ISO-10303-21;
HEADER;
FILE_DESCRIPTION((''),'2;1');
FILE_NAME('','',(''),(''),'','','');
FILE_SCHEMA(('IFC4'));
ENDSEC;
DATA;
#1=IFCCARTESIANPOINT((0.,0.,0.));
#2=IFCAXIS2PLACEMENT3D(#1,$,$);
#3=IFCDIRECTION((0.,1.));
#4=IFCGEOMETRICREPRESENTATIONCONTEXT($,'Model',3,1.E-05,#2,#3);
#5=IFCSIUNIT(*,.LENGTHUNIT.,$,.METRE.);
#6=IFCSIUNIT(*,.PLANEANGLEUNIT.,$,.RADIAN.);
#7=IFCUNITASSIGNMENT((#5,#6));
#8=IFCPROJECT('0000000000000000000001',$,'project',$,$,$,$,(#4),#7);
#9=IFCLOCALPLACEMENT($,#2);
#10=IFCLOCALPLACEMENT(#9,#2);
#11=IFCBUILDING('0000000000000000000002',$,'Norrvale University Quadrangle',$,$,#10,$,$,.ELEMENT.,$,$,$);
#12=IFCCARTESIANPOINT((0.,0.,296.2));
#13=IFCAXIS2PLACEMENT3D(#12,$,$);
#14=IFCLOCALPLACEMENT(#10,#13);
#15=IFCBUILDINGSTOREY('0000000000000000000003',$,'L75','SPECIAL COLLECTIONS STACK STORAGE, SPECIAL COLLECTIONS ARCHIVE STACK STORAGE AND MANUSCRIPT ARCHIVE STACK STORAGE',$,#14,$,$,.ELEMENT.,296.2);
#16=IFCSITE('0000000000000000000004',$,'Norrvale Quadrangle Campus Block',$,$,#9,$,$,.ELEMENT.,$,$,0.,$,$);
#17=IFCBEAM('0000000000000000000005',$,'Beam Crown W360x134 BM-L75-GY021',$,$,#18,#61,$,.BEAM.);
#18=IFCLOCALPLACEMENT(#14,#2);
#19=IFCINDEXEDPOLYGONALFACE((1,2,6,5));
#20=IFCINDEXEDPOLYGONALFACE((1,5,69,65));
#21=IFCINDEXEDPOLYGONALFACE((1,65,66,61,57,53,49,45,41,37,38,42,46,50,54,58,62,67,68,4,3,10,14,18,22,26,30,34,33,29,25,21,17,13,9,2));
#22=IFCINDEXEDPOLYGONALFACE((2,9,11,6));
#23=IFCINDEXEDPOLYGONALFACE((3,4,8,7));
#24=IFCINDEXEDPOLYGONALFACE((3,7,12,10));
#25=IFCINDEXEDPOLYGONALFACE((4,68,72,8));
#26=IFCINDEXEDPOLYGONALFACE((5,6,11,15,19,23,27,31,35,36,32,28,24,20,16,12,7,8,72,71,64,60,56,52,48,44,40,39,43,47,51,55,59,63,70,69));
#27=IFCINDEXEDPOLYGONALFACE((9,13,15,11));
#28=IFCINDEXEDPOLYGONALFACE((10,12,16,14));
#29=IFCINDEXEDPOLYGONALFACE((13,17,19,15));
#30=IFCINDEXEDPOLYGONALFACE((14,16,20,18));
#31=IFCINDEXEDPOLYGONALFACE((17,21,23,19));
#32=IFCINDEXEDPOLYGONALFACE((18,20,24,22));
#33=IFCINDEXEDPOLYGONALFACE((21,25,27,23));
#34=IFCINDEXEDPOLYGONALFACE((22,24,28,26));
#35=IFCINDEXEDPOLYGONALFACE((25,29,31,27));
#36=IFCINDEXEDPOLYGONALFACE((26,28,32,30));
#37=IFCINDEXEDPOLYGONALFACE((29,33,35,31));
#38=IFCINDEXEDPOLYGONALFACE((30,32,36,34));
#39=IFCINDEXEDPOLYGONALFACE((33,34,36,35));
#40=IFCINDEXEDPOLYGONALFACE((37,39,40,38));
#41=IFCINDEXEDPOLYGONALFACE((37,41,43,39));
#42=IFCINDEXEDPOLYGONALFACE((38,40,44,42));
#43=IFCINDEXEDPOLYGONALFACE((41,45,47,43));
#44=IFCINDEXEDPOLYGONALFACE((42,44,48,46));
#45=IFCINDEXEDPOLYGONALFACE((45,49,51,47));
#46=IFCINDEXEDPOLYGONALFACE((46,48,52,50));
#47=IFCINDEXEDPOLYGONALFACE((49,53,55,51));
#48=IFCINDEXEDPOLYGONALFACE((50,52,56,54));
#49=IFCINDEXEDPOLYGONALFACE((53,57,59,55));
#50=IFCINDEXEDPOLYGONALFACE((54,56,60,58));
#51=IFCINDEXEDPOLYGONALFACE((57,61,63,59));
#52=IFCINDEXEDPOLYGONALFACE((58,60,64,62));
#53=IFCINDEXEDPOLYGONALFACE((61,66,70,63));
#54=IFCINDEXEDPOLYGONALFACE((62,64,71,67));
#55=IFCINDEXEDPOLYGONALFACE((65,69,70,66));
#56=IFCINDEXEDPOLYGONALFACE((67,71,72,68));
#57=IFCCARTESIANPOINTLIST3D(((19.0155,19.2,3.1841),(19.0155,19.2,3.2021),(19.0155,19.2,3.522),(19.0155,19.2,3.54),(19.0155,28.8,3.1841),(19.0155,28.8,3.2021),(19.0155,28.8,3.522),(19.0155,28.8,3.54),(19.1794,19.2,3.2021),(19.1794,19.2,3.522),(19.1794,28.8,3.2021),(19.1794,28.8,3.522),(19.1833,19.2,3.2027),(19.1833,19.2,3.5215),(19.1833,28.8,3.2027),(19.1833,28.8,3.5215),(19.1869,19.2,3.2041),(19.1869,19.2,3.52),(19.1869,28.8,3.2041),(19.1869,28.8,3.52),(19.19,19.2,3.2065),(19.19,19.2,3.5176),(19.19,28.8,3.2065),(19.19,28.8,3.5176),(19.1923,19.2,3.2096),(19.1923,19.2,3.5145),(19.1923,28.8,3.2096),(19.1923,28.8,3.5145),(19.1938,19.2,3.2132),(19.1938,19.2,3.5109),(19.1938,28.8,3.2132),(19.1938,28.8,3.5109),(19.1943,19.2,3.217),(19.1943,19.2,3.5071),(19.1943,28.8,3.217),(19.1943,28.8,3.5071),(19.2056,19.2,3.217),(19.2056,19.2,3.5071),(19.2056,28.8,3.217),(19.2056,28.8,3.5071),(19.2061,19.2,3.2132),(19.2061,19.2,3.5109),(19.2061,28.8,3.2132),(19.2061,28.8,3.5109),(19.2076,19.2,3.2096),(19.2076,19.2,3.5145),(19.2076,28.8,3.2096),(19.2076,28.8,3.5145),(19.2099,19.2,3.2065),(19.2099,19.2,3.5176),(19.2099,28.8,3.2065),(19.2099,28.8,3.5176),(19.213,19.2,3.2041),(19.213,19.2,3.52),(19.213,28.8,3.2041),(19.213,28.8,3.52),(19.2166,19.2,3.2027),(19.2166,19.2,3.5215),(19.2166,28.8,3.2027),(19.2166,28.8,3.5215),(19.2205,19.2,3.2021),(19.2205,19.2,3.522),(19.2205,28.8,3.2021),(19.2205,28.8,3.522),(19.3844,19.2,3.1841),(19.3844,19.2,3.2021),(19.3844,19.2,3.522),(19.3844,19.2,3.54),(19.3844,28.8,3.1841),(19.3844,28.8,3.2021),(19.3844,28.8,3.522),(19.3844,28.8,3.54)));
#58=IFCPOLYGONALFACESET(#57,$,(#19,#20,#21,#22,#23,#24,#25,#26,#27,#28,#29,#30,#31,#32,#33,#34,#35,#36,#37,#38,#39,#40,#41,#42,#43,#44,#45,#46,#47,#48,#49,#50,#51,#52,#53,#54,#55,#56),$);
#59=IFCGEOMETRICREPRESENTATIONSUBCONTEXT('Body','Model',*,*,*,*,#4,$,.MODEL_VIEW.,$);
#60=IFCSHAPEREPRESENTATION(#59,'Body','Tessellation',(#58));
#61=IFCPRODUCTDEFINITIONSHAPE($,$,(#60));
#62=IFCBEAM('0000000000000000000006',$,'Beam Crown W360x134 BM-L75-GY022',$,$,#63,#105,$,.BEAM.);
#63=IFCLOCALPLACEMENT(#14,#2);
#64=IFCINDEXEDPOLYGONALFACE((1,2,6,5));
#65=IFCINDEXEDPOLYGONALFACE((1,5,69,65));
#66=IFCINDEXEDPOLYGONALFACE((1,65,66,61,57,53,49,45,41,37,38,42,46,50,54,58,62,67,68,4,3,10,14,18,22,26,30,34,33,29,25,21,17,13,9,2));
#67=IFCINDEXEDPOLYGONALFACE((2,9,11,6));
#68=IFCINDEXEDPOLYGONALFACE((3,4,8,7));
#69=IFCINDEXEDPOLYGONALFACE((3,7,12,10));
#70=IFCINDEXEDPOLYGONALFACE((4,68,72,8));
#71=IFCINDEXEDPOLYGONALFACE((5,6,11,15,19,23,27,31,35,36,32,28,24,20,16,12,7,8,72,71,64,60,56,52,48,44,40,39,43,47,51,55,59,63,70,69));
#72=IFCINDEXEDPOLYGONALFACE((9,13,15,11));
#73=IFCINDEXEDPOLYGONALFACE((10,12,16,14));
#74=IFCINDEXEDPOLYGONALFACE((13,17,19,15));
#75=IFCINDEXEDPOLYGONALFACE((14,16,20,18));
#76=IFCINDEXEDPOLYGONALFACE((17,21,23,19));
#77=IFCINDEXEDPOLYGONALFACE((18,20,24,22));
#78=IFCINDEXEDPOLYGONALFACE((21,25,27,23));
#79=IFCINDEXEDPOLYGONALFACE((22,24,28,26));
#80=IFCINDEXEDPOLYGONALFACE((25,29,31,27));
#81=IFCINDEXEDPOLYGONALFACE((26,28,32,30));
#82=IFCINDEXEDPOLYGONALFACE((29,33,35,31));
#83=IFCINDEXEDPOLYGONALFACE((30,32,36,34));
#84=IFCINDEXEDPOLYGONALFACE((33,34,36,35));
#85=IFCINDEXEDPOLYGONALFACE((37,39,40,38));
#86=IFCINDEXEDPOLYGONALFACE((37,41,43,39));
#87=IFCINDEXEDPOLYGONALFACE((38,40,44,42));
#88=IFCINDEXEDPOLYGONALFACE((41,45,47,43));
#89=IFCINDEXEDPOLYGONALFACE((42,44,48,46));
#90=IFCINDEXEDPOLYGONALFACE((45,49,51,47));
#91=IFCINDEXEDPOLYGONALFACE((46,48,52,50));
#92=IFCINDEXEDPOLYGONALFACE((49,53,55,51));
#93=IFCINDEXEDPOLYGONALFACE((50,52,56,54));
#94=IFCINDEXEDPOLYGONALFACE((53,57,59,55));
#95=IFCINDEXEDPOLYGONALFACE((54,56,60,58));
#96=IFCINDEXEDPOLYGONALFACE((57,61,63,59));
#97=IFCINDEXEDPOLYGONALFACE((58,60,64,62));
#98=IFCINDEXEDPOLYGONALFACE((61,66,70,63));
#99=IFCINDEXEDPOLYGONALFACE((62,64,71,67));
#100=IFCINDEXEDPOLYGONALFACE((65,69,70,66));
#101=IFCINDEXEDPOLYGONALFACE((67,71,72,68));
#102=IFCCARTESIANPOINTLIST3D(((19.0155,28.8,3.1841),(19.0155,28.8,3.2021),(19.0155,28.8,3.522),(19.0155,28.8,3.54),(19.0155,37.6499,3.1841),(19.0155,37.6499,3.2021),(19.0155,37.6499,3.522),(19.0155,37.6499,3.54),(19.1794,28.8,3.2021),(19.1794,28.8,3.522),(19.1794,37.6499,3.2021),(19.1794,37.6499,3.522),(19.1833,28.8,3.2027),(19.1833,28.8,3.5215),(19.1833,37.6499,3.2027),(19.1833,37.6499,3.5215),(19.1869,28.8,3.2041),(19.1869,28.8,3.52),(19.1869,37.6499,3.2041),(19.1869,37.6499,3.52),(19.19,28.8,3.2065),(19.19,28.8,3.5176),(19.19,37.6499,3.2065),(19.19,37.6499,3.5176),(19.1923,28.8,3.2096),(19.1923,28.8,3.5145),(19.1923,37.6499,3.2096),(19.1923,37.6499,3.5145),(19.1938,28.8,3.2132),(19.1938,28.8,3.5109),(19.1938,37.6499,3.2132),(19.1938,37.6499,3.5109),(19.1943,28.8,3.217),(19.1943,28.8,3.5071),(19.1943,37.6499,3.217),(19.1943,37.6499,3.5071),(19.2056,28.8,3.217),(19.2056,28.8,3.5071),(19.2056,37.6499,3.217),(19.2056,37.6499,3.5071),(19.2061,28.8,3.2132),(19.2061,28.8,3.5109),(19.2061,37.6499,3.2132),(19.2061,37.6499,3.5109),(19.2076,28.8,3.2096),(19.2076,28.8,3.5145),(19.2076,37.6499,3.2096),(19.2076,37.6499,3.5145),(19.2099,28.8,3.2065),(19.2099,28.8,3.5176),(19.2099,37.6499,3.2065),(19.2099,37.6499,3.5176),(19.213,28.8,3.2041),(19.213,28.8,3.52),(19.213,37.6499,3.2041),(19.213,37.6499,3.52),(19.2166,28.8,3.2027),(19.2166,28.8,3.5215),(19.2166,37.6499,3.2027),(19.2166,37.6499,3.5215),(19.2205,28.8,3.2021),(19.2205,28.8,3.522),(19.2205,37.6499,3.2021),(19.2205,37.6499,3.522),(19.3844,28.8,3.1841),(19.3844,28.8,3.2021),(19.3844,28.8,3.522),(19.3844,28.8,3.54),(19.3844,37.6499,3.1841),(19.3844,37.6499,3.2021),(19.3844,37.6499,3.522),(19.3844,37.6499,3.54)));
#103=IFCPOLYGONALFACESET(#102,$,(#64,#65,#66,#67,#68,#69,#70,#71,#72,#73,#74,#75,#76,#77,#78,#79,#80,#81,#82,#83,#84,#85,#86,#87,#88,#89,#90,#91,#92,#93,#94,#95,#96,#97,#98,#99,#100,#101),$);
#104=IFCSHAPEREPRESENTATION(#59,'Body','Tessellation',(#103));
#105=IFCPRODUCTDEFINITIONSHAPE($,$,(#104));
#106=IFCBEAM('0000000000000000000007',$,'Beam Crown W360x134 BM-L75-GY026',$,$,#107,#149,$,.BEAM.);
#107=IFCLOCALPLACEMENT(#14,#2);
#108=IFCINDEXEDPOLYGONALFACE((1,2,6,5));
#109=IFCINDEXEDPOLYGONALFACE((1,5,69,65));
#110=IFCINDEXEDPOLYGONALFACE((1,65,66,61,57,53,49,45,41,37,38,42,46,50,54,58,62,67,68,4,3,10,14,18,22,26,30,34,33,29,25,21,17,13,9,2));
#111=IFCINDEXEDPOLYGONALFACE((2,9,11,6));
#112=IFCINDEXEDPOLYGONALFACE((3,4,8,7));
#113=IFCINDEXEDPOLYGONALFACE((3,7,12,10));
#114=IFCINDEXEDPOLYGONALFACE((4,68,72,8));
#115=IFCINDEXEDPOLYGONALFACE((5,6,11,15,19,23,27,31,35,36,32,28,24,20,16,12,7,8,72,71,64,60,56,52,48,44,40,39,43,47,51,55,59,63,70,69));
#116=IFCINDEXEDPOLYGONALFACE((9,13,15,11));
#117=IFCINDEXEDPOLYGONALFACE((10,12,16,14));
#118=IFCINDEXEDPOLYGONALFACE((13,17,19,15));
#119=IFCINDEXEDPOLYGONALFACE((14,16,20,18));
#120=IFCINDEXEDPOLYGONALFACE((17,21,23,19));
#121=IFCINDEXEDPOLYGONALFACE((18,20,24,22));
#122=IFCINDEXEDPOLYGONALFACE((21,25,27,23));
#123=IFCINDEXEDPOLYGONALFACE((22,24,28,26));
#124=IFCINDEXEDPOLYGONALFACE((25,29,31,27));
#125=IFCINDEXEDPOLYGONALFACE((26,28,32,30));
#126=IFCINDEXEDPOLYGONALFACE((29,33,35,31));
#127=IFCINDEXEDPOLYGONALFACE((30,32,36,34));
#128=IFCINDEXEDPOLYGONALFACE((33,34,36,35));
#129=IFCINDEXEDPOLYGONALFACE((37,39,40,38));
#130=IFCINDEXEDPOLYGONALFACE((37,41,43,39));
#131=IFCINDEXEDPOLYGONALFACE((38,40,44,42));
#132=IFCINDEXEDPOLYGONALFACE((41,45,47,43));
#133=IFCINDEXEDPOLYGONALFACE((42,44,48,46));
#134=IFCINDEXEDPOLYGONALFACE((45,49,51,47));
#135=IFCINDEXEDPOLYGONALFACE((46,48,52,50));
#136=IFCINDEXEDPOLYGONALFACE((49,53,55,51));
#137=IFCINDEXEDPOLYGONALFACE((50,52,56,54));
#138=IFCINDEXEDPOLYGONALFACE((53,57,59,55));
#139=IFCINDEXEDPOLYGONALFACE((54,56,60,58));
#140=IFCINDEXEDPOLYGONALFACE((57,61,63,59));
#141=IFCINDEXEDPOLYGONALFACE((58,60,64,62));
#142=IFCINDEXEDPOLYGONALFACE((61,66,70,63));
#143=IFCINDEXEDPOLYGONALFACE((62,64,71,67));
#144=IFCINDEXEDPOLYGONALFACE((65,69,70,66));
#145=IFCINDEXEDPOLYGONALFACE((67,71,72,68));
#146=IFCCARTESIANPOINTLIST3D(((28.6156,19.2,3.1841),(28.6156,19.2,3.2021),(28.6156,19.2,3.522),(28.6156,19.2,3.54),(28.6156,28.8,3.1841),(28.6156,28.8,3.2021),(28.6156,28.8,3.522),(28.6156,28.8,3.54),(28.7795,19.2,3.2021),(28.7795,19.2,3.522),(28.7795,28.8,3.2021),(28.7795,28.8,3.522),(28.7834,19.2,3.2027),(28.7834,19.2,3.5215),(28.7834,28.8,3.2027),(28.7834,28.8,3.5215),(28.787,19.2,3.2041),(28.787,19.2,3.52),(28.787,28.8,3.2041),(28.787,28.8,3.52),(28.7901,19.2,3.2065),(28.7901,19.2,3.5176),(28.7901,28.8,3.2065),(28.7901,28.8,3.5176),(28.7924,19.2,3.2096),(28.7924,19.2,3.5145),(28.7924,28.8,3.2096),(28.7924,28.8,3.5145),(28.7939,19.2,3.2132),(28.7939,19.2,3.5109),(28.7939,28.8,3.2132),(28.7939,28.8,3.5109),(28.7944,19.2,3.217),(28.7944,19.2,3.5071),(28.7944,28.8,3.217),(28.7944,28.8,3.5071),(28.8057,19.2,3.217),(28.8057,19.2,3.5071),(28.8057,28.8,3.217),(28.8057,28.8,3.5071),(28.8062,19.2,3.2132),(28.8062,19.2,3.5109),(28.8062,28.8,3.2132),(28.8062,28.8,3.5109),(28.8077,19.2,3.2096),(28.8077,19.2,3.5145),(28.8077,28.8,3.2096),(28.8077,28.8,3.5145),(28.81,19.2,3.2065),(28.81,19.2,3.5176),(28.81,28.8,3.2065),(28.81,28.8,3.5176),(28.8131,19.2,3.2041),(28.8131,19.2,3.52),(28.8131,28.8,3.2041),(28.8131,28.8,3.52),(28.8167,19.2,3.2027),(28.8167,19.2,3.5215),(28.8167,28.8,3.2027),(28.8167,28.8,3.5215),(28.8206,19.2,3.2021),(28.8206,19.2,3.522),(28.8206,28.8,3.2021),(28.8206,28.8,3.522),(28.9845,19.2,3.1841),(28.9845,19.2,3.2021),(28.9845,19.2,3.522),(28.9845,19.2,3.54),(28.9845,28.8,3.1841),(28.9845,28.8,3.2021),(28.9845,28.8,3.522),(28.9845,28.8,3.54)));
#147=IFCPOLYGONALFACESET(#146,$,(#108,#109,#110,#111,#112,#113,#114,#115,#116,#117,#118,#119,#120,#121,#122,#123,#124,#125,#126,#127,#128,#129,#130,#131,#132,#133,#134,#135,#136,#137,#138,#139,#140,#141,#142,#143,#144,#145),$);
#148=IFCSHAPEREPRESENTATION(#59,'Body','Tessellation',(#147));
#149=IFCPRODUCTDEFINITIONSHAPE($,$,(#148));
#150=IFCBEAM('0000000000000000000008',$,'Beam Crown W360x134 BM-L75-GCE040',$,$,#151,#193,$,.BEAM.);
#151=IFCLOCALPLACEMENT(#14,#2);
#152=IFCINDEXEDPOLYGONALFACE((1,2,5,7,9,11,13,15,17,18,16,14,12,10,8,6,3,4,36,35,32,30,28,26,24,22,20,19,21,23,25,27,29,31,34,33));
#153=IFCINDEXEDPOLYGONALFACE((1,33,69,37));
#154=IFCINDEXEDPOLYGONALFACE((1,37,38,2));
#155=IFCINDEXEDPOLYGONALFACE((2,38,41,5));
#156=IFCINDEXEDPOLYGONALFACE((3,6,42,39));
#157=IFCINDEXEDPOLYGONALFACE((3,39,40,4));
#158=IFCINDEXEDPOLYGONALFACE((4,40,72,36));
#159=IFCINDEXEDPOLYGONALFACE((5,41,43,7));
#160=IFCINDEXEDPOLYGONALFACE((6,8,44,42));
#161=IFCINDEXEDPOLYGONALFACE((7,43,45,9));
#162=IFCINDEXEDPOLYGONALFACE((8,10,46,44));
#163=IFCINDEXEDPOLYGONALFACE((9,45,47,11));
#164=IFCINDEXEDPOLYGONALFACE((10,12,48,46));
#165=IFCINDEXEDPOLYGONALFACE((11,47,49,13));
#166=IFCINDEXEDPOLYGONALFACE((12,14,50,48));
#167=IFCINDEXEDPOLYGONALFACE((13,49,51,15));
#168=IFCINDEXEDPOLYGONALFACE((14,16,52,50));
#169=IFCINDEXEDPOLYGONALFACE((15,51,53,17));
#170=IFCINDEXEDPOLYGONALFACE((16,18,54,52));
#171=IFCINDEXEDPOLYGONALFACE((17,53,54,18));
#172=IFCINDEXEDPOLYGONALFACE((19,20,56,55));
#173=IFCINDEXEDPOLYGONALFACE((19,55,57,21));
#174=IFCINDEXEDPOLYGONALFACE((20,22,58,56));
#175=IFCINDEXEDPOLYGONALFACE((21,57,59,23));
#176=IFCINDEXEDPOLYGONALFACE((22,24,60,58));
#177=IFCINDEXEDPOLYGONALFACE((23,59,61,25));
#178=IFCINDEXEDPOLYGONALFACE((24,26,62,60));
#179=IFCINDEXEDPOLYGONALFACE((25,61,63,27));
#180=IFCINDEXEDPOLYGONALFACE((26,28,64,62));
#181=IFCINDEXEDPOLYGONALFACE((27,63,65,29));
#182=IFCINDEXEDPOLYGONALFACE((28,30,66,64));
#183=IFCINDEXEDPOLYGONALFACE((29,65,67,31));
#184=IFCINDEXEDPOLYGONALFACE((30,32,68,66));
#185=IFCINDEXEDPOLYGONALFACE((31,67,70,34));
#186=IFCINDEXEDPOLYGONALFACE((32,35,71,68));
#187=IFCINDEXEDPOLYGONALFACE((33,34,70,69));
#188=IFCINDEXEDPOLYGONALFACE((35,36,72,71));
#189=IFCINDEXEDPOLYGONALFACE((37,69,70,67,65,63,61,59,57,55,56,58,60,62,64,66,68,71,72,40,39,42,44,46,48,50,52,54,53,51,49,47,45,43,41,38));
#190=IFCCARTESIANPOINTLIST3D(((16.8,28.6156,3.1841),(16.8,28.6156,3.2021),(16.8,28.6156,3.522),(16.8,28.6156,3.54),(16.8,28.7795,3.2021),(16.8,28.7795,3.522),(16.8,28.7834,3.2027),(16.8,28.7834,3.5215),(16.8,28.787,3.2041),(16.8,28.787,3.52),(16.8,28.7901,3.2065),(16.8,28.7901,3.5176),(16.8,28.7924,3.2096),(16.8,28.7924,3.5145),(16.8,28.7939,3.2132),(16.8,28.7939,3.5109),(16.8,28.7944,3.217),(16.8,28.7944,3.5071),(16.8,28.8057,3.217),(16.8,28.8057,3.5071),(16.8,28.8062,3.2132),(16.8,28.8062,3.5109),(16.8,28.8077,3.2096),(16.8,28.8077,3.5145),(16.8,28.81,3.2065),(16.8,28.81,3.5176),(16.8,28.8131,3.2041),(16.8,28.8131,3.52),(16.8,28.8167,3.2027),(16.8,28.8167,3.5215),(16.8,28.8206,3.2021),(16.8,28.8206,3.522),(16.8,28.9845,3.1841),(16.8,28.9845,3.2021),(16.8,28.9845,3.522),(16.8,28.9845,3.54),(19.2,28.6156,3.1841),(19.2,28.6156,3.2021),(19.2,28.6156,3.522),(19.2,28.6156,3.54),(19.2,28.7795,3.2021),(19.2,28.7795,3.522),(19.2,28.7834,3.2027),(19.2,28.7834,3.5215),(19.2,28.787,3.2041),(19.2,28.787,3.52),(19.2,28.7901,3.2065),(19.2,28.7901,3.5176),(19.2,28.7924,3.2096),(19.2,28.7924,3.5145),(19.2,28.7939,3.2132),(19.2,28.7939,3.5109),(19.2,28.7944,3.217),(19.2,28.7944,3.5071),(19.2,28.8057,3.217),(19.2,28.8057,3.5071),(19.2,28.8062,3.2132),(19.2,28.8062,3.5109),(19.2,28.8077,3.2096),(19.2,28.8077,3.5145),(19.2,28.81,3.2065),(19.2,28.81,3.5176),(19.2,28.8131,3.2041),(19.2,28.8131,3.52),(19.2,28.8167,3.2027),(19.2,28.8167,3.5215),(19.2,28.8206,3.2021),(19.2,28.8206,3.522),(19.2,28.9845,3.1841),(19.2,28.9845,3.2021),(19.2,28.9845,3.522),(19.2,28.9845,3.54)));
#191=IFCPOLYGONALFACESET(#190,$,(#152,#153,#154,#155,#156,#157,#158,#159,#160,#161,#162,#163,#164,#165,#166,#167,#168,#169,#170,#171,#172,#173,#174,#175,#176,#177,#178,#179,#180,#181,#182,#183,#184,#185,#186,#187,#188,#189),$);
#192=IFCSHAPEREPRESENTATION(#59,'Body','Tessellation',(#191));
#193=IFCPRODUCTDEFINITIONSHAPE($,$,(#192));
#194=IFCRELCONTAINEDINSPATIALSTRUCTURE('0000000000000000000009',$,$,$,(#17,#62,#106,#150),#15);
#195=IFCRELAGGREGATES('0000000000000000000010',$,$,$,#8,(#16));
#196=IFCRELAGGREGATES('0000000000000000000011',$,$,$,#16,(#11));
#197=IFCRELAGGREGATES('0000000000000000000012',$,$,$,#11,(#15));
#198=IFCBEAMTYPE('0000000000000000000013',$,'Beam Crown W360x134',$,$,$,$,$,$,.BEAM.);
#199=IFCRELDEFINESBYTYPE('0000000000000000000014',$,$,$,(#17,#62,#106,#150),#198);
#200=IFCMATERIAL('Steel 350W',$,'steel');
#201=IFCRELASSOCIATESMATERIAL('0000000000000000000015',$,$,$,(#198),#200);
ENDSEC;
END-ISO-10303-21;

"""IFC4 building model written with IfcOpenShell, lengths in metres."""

from ifc_helpers import new_model, si_unit, direction, frame, origin, origin_2d, place, context, subcontext, project, spatial, i_section, extrude, material, material_profile, profile_set, type_object, element, save


model = new_model("IFC4")

# Units and contexts
model_context = context("Model", 3, precision=1e-05, world=origin(), true_north=direction((0.0, 1.0)))
body_context = subcontext(model_context, "Body", "Model", "MODEL_VIEW")
ifc_project = project(units=[si_unit("LENGTHUNIT", "METRE"), si_unit("PLANEANGLEUNIT", "RADIAN")], contexts=[model_context])

# Site, building, storey
site_placement = place(None, origin())
site = spatial("IfcSite", under=ifc_project, at=site_placement, Name="Norrvale Quadrangle Campus Block", CompositionType="ELEMENT", RefElevation=0.0)
building_placement = place(site_placement, origin())
building = spatial("IfcBuilding", under=site, at=building_placement, Name="Norrvale University Quadrangle", CompositionType="ELEMENT")
storey_placement = place(building_placement, frame((0.0, 0.0, 296.2)))
storey = spatial("IfcBuildingStorey", under=building, at=storey_placement, Name="L75", Description="SPECIAL COLLECTIONS STACK STORAGE, SPECIAL COLLECTIONS ARCHIVE STACK STORAGE AND MANUSCRIPT ARCHIVE STACK STORAGE", CompositionType="ELEMENT", Elevation=296.2)

# Beams
ifc_material_1 = material(Name="Steel 350W", Category="steel")
ifc_material_profile_1 = material_profile(ifc_material_1, i_section(OverallWidth=0.3689, OverallDepth=0.356, WebThickness=0.0112, FlangeThickness=0.0181, FilletRadius=0.0149, at=origin_2d()), Name="Steel 350W")
ifc_profile_set_1 = profile_set([ifc_material_profile_1], Name="Steel 350W")
beam_type_1 = type_object("IfcBeamType", Name="Beam Crown W360x134", PredefinedType="BEAM", material=ifc_profile_set_1)
for number, where, z_axis, x_axis, name in (
    (1, (19.2, 19.2, 3.3621), (0.0, 1.0, 0.0), (-1.0, 0.0, 0.0), "Beam Crown W360x134 BM-L75-GY021"),
):
    element("IfcBeam", number, at=place(storey_placement, frame(where, z_axis=z_axis, x_axis=x_axis)), inside=storey, type_object=beam_type_1, Name=name, PredefinedType="BEAM", context=body_context, shape_type="SweptSolid", body=[
        extrude(i_section(OverallWidth=0.3689, OverallDepth=0.356, WebThickness=0.0112, FlangeThickness=0.0181, FilletRadius=0.0149, at=origin_2d()), origin(), (0.0, 0.0, 1.0), 9.6001),
    ])
beam_1_placement = place(storey_placement, frame((19.2, 28.8, 3.3621), z_axis=(0.0, 1.0, 0.0), x_axis=(-1.0, 0.0, 0.0)))
element("IfcBeam", 2, at=beam_1_placement, inside=storey, type_object=beam_type_1, Name="Beam Crown W360x134 BM-L75-GY022", PredefinedType="BEAM", context=body_context, shape_type="SweptSolid", body=[
    extrude(i_section(OverallWidth=0.3689, OverallDepth=0.356, WebThickness=0.0112, FlangeThickness=0.0181, FilletRadius=0.0149, at=origin_2d()), origin(), (0.0, 0.0, 1.0), 8.8499),
])
beam_2_placement = place(storey_placement, frame((28.8, 19.2, 3.3621), z_axis=(0.0, 1.0, 0.0), x_axis=(-1.0, 0.0, 0.0)))
element("IfcBeam", 3, at=beam_2_placement, inside=storey, type_object=beam_type_1, Name="Beam Crown W360x134 BM-L75-GY026", PredefinedType="BEAM", context=body_context, shape_type="SweptSolid", body=[
    extrude(i_section(OverallWidth=0.3689, OverallDepth=0.356, WebThickness=0.0112, FlangeThickness=0.0181, FilletRadius=0.0149, at=origin_2d()), origin(), (0.0, 0.0, 1.0), 9.6001),
])
beam_3_placement = place(storey_placement, frame((16.8, 28.8, 3.3621), z_axis=(1.0, 0.0, 0.0), x_axis=(0.0, 1.0, 0.0)))
element("IfcBeam", 4, at=beam_3_placement, inside=storey, type_object=beam_type_1, Name="Beam Crown W360x134 BM-L75-GCE040", PredefinedType="BEAM", context=body_context, shape_type="SweptSolid", body=[
    extrude(i_section(OverallWidth=0.3689, OverallDepth=0.356, WebThickness=0.0112, FlangeThickness=0.0181, FilletRadius=0.0149, at=origin_2d()), origin(), (0.0, 0.0, 1.0), 2.3999),
])

save(model, "model.ifc")
